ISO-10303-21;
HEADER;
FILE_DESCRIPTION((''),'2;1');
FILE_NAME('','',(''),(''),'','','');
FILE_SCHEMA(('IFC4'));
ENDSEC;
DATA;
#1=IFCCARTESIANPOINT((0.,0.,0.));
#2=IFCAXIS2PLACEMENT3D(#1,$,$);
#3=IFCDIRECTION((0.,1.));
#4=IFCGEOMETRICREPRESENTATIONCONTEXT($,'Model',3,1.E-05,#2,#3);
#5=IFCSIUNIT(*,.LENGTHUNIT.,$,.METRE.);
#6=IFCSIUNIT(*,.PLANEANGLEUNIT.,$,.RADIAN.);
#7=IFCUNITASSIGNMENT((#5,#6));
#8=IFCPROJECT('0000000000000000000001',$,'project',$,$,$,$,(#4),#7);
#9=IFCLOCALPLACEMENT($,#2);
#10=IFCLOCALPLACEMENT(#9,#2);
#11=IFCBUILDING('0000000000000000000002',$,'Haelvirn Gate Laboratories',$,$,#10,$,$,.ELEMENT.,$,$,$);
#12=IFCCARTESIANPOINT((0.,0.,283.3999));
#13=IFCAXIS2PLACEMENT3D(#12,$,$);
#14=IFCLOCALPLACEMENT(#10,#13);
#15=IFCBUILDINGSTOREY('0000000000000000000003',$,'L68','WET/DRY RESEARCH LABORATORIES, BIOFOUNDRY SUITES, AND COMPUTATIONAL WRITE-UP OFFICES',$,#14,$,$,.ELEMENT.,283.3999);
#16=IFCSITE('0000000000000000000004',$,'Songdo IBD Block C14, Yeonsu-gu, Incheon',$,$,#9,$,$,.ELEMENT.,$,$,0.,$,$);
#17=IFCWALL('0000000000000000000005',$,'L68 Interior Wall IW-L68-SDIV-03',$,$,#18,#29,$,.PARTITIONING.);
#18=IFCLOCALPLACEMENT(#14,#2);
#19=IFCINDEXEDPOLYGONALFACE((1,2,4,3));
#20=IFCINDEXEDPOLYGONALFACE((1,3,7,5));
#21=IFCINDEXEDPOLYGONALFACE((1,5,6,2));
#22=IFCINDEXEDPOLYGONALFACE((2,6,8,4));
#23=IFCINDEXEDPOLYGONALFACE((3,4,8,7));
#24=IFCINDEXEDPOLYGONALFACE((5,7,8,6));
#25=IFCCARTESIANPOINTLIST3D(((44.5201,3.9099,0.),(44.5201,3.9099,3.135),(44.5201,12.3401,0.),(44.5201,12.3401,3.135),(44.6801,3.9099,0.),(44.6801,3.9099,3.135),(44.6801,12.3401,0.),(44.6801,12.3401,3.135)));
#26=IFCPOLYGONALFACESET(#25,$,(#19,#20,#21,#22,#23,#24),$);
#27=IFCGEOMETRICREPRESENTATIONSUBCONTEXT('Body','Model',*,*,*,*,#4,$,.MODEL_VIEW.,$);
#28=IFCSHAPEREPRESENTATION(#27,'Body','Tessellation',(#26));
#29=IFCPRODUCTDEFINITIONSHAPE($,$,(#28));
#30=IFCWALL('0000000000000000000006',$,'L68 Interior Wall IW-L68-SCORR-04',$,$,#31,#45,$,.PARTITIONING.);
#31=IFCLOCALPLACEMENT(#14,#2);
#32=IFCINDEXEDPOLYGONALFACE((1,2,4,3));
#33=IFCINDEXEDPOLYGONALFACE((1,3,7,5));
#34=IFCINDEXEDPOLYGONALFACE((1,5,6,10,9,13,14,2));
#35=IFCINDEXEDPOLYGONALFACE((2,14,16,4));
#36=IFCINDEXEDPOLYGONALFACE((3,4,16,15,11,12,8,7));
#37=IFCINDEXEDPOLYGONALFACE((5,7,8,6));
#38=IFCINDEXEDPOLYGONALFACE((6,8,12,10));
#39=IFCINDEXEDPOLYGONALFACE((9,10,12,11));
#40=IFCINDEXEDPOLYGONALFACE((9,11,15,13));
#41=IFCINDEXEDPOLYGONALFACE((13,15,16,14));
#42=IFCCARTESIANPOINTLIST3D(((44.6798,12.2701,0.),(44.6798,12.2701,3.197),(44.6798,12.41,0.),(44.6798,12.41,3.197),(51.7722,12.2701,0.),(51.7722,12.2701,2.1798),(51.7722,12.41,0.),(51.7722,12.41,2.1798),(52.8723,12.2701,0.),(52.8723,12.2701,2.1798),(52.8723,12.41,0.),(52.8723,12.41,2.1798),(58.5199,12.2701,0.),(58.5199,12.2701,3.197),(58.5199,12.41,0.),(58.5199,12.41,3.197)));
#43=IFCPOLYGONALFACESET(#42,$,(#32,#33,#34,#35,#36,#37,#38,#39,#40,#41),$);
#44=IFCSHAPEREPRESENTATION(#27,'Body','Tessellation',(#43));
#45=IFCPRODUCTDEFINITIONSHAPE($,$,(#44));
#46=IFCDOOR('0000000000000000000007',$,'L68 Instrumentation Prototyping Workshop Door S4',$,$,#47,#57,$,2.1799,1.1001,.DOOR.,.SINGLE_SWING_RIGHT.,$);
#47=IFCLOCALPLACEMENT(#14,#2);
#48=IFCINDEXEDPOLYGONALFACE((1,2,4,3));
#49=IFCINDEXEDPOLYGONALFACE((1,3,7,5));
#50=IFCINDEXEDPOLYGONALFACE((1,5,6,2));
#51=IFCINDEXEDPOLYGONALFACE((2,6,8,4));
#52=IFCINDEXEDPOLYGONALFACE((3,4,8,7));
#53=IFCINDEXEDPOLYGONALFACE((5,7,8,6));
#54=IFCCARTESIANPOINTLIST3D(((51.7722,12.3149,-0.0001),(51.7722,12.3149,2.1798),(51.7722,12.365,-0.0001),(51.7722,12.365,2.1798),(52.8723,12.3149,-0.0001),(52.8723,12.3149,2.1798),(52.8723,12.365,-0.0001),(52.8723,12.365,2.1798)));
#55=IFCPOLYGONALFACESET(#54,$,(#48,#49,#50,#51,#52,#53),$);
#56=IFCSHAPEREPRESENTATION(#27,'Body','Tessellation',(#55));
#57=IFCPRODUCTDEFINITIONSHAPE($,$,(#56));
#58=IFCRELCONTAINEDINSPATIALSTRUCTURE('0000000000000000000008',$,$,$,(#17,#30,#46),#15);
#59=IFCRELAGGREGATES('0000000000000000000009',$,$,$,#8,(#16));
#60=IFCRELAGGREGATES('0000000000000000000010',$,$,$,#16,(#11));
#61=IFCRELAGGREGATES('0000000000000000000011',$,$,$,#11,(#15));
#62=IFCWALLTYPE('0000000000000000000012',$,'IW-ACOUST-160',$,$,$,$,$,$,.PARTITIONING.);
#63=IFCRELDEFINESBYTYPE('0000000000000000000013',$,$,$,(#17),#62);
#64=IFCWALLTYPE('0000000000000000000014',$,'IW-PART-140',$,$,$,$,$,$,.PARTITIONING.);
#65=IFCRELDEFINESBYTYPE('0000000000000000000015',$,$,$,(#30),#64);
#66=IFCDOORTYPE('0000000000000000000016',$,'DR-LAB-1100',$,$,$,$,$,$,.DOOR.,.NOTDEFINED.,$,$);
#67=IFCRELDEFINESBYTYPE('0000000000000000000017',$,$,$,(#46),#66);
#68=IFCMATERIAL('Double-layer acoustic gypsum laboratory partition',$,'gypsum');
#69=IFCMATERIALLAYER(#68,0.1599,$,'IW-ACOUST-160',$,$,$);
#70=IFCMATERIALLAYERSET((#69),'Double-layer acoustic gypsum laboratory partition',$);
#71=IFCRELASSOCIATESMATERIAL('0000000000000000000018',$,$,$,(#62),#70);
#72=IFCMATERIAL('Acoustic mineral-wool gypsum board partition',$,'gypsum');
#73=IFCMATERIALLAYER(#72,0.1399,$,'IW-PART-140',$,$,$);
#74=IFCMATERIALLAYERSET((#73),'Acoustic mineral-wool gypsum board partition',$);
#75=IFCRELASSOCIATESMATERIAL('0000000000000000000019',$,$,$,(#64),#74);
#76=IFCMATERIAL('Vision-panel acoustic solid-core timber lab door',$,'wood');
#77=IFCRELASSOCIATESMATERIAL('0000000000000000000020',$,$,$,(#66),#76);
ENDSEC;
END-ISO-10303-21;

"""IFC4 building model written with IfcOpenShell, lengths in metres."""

from ifc_helpers import new_model, si_unit, direction, frame, frame_2d, origin, place, context, subcontext, project, spatial, rectangle, extrude, source, transform, mapped, material, layer, layer_set, type_object, type_shapes, element, fill, save


model = new_model("IFC4")

# Units and contexts
model_context = context("Model", 3, precision=1e-05, world=origin(), true_north=direction((0.0, 1.0)))
body_context = subcontext(model_context, "Body", "Model", "MODEL_VIEW")
ifc_project = project(units=[si_unit("LENGTHUNIT", "METRE"), si_unit("PLANEANGLEUNIT", "RADIAN")], contexts=[model_context])

# Site, building, storey
site_placement = place(None, origin())
site = spatial("IfcSite", under=ifc_project, at=site_placement, Name="Songdo IBD Block C14, Yeonsu-gu, Incheon", CompositionType="ELEMENT", RefElevation=0.0)
building_placement = place(site_placement, origin())
building = spatial("IfcBuilding", under=site, at=building_placement, Name="Haelvirn Gate Laboratories", CompositionType="ELEMENT")
storey_placement = place(building_placement, frame((0.0, 0.0, 283.3999)))
storey = spatial("IfcBuildingStorey", under=building, at=storey_placement, Name="L68", Description="WET/DRY RESEARCH LABORATORIES, BIOFOUNDRY SUITES, AND COMPUTATIONAL WRITE-UP OFFICES", CompositionType="ELEMENT", Elevation=283.3999)

# Wall
ifc_material_1 = material(Name="Double-layer acoustic gypsum laboratory partition", Category="gypsum")
ifc_layer_1 = layer(ifc_material_1, 0.1599, Name="IW-ACOUST-160")
ifc_layer_set_1 = layer_set([ifc_layer_1], Name="Double-layer acoustic gypsum laboratory partition")
wall_type_1 = type_object("IfcWallType", Name="IW-ACOUST-160", PredefinedType="PARTITIONING", material=ifc_layer_set_1)
wall_1_placement = place(storey_placement, frame((44.6001, 3.9099, 0.0), z_axis=(0.0, 0.0, 1.0), x_axis=(0.0, 1.0, 0.0)))
element("IfcWall", 1, at=wall_1_placement, inside=storey, type_object=wall_type_1, Name="L68 Interior Wall IW-L68-SDIV-03", PredefinedType="PARTITIONING", context=body_context, shape_type="SweptSolid", body=[
    extrude(rectangle(XDim=8.4302, YDim=0.1599, at=frame_2d((4.2151, 0.0))), origin(), (0.0, 0.0, 1.0), 3.135),
])

# Wall, opening, door
ifc_material_2 = material(Name="Acoustic mineral-wool gypsum board partition", Category="gypsum")
ifc_layer_2 = layer(ifc_material_2, 0.1399, Name="IW-PART-140")
ifc_layer_set_2 = layer_set([ifc_layer_2], Name="Acoustic mineral-wool gypsum board partition")
wall_type_2 = type_object("IfcWallType", Name="IW-PART-140", PredefinedType="PARTITIONING", material=ifc_layer_set_2)
wall_2_placement = place(storey_placement, frame((44.6799, 12.3401, 0.0), z_axis=(0.0, 0.0, 1.0), x_axis=(1.0, 0.0, 0.0)))
wall_2 = element("IfcWall", 2, at=wall_2_placement, inside=storey, type_object=wall_type_2, Name="L68 Interior Wall IW-L68-SCORR-04", PredefinedType="PARTITIONING", context=body_context, shape_type="SweptSolid", body=[
    extrude(rectangle(XDim=13.8401, YDim=0.1399, at=frame_2d((6.9199, 0.0))), origin(), (0.0, 0.0, 1.0), 3.197),
])
opening_placement = place(wall_2_placement, frame((7.0923, 0.0, 0.0)))
opening = element("IfcOpeningElement", 3, at=opening_placement, cuts=wall_2, PredefinedType="OPENING", context=body_context, shape_type="SweptSolid", body=[
    extrude(rectangle(XDim=1.1001, YDim=2.1799, at=frame_2d((0.55, 1.0898))), frame((0.0, 0.0801, 0.0), z_axis=(0.0, -1.0, 0.0), x_axis=(1.0, 0.0, 0.0)), (0.0, 0.0, 1.0), 0.1599),
])
ifc_material_3 = material(Name="Vision-panel acoustic solid-core timber lab door", Category="wood")
door_type = type_object("IfcDoorType", Name="DR-LAB-1100", OperationType="NOTDEFINED", PredefinedType="DOOR", material=ifc_material_3)
shared_shape_1 = source(origin(), body_context, "Body", "SweptSolid", [
    extrude(rectangle(XDim=1.1001, YDim=2.1799, at=frame_2d((0.55, 1.0898))), frame((0.0, 0.0249, 0.0), z_axis=(0.0, -1.0, 0.0), x_axis=(1.0, 0.0, 0.0)), (0.0, 0.0, 1.0), 0.05),
])
type_shapes(door_type, [shared_shape_1])
door_placement = place(opening_placement, origin())
door = element("IfcDoor", 4, at=door_placement, inside=storey, type_object=door_type, Name="L68 Instrumentation Prototyping Workshop Door S4", OperationType="SINGLE_SWING_RIGHT", OverallHeight=2.1799, OverallWidth=1.1001, PredefinedType="DOOR", context=body_context, shape_type="MappedRepresentation", body=[
    mapped(shared_shape_1, transform((0.0, 0.0, 0.0), scale=1.0)),
])
fill(opening, door)

save(model, "model.ifc")
